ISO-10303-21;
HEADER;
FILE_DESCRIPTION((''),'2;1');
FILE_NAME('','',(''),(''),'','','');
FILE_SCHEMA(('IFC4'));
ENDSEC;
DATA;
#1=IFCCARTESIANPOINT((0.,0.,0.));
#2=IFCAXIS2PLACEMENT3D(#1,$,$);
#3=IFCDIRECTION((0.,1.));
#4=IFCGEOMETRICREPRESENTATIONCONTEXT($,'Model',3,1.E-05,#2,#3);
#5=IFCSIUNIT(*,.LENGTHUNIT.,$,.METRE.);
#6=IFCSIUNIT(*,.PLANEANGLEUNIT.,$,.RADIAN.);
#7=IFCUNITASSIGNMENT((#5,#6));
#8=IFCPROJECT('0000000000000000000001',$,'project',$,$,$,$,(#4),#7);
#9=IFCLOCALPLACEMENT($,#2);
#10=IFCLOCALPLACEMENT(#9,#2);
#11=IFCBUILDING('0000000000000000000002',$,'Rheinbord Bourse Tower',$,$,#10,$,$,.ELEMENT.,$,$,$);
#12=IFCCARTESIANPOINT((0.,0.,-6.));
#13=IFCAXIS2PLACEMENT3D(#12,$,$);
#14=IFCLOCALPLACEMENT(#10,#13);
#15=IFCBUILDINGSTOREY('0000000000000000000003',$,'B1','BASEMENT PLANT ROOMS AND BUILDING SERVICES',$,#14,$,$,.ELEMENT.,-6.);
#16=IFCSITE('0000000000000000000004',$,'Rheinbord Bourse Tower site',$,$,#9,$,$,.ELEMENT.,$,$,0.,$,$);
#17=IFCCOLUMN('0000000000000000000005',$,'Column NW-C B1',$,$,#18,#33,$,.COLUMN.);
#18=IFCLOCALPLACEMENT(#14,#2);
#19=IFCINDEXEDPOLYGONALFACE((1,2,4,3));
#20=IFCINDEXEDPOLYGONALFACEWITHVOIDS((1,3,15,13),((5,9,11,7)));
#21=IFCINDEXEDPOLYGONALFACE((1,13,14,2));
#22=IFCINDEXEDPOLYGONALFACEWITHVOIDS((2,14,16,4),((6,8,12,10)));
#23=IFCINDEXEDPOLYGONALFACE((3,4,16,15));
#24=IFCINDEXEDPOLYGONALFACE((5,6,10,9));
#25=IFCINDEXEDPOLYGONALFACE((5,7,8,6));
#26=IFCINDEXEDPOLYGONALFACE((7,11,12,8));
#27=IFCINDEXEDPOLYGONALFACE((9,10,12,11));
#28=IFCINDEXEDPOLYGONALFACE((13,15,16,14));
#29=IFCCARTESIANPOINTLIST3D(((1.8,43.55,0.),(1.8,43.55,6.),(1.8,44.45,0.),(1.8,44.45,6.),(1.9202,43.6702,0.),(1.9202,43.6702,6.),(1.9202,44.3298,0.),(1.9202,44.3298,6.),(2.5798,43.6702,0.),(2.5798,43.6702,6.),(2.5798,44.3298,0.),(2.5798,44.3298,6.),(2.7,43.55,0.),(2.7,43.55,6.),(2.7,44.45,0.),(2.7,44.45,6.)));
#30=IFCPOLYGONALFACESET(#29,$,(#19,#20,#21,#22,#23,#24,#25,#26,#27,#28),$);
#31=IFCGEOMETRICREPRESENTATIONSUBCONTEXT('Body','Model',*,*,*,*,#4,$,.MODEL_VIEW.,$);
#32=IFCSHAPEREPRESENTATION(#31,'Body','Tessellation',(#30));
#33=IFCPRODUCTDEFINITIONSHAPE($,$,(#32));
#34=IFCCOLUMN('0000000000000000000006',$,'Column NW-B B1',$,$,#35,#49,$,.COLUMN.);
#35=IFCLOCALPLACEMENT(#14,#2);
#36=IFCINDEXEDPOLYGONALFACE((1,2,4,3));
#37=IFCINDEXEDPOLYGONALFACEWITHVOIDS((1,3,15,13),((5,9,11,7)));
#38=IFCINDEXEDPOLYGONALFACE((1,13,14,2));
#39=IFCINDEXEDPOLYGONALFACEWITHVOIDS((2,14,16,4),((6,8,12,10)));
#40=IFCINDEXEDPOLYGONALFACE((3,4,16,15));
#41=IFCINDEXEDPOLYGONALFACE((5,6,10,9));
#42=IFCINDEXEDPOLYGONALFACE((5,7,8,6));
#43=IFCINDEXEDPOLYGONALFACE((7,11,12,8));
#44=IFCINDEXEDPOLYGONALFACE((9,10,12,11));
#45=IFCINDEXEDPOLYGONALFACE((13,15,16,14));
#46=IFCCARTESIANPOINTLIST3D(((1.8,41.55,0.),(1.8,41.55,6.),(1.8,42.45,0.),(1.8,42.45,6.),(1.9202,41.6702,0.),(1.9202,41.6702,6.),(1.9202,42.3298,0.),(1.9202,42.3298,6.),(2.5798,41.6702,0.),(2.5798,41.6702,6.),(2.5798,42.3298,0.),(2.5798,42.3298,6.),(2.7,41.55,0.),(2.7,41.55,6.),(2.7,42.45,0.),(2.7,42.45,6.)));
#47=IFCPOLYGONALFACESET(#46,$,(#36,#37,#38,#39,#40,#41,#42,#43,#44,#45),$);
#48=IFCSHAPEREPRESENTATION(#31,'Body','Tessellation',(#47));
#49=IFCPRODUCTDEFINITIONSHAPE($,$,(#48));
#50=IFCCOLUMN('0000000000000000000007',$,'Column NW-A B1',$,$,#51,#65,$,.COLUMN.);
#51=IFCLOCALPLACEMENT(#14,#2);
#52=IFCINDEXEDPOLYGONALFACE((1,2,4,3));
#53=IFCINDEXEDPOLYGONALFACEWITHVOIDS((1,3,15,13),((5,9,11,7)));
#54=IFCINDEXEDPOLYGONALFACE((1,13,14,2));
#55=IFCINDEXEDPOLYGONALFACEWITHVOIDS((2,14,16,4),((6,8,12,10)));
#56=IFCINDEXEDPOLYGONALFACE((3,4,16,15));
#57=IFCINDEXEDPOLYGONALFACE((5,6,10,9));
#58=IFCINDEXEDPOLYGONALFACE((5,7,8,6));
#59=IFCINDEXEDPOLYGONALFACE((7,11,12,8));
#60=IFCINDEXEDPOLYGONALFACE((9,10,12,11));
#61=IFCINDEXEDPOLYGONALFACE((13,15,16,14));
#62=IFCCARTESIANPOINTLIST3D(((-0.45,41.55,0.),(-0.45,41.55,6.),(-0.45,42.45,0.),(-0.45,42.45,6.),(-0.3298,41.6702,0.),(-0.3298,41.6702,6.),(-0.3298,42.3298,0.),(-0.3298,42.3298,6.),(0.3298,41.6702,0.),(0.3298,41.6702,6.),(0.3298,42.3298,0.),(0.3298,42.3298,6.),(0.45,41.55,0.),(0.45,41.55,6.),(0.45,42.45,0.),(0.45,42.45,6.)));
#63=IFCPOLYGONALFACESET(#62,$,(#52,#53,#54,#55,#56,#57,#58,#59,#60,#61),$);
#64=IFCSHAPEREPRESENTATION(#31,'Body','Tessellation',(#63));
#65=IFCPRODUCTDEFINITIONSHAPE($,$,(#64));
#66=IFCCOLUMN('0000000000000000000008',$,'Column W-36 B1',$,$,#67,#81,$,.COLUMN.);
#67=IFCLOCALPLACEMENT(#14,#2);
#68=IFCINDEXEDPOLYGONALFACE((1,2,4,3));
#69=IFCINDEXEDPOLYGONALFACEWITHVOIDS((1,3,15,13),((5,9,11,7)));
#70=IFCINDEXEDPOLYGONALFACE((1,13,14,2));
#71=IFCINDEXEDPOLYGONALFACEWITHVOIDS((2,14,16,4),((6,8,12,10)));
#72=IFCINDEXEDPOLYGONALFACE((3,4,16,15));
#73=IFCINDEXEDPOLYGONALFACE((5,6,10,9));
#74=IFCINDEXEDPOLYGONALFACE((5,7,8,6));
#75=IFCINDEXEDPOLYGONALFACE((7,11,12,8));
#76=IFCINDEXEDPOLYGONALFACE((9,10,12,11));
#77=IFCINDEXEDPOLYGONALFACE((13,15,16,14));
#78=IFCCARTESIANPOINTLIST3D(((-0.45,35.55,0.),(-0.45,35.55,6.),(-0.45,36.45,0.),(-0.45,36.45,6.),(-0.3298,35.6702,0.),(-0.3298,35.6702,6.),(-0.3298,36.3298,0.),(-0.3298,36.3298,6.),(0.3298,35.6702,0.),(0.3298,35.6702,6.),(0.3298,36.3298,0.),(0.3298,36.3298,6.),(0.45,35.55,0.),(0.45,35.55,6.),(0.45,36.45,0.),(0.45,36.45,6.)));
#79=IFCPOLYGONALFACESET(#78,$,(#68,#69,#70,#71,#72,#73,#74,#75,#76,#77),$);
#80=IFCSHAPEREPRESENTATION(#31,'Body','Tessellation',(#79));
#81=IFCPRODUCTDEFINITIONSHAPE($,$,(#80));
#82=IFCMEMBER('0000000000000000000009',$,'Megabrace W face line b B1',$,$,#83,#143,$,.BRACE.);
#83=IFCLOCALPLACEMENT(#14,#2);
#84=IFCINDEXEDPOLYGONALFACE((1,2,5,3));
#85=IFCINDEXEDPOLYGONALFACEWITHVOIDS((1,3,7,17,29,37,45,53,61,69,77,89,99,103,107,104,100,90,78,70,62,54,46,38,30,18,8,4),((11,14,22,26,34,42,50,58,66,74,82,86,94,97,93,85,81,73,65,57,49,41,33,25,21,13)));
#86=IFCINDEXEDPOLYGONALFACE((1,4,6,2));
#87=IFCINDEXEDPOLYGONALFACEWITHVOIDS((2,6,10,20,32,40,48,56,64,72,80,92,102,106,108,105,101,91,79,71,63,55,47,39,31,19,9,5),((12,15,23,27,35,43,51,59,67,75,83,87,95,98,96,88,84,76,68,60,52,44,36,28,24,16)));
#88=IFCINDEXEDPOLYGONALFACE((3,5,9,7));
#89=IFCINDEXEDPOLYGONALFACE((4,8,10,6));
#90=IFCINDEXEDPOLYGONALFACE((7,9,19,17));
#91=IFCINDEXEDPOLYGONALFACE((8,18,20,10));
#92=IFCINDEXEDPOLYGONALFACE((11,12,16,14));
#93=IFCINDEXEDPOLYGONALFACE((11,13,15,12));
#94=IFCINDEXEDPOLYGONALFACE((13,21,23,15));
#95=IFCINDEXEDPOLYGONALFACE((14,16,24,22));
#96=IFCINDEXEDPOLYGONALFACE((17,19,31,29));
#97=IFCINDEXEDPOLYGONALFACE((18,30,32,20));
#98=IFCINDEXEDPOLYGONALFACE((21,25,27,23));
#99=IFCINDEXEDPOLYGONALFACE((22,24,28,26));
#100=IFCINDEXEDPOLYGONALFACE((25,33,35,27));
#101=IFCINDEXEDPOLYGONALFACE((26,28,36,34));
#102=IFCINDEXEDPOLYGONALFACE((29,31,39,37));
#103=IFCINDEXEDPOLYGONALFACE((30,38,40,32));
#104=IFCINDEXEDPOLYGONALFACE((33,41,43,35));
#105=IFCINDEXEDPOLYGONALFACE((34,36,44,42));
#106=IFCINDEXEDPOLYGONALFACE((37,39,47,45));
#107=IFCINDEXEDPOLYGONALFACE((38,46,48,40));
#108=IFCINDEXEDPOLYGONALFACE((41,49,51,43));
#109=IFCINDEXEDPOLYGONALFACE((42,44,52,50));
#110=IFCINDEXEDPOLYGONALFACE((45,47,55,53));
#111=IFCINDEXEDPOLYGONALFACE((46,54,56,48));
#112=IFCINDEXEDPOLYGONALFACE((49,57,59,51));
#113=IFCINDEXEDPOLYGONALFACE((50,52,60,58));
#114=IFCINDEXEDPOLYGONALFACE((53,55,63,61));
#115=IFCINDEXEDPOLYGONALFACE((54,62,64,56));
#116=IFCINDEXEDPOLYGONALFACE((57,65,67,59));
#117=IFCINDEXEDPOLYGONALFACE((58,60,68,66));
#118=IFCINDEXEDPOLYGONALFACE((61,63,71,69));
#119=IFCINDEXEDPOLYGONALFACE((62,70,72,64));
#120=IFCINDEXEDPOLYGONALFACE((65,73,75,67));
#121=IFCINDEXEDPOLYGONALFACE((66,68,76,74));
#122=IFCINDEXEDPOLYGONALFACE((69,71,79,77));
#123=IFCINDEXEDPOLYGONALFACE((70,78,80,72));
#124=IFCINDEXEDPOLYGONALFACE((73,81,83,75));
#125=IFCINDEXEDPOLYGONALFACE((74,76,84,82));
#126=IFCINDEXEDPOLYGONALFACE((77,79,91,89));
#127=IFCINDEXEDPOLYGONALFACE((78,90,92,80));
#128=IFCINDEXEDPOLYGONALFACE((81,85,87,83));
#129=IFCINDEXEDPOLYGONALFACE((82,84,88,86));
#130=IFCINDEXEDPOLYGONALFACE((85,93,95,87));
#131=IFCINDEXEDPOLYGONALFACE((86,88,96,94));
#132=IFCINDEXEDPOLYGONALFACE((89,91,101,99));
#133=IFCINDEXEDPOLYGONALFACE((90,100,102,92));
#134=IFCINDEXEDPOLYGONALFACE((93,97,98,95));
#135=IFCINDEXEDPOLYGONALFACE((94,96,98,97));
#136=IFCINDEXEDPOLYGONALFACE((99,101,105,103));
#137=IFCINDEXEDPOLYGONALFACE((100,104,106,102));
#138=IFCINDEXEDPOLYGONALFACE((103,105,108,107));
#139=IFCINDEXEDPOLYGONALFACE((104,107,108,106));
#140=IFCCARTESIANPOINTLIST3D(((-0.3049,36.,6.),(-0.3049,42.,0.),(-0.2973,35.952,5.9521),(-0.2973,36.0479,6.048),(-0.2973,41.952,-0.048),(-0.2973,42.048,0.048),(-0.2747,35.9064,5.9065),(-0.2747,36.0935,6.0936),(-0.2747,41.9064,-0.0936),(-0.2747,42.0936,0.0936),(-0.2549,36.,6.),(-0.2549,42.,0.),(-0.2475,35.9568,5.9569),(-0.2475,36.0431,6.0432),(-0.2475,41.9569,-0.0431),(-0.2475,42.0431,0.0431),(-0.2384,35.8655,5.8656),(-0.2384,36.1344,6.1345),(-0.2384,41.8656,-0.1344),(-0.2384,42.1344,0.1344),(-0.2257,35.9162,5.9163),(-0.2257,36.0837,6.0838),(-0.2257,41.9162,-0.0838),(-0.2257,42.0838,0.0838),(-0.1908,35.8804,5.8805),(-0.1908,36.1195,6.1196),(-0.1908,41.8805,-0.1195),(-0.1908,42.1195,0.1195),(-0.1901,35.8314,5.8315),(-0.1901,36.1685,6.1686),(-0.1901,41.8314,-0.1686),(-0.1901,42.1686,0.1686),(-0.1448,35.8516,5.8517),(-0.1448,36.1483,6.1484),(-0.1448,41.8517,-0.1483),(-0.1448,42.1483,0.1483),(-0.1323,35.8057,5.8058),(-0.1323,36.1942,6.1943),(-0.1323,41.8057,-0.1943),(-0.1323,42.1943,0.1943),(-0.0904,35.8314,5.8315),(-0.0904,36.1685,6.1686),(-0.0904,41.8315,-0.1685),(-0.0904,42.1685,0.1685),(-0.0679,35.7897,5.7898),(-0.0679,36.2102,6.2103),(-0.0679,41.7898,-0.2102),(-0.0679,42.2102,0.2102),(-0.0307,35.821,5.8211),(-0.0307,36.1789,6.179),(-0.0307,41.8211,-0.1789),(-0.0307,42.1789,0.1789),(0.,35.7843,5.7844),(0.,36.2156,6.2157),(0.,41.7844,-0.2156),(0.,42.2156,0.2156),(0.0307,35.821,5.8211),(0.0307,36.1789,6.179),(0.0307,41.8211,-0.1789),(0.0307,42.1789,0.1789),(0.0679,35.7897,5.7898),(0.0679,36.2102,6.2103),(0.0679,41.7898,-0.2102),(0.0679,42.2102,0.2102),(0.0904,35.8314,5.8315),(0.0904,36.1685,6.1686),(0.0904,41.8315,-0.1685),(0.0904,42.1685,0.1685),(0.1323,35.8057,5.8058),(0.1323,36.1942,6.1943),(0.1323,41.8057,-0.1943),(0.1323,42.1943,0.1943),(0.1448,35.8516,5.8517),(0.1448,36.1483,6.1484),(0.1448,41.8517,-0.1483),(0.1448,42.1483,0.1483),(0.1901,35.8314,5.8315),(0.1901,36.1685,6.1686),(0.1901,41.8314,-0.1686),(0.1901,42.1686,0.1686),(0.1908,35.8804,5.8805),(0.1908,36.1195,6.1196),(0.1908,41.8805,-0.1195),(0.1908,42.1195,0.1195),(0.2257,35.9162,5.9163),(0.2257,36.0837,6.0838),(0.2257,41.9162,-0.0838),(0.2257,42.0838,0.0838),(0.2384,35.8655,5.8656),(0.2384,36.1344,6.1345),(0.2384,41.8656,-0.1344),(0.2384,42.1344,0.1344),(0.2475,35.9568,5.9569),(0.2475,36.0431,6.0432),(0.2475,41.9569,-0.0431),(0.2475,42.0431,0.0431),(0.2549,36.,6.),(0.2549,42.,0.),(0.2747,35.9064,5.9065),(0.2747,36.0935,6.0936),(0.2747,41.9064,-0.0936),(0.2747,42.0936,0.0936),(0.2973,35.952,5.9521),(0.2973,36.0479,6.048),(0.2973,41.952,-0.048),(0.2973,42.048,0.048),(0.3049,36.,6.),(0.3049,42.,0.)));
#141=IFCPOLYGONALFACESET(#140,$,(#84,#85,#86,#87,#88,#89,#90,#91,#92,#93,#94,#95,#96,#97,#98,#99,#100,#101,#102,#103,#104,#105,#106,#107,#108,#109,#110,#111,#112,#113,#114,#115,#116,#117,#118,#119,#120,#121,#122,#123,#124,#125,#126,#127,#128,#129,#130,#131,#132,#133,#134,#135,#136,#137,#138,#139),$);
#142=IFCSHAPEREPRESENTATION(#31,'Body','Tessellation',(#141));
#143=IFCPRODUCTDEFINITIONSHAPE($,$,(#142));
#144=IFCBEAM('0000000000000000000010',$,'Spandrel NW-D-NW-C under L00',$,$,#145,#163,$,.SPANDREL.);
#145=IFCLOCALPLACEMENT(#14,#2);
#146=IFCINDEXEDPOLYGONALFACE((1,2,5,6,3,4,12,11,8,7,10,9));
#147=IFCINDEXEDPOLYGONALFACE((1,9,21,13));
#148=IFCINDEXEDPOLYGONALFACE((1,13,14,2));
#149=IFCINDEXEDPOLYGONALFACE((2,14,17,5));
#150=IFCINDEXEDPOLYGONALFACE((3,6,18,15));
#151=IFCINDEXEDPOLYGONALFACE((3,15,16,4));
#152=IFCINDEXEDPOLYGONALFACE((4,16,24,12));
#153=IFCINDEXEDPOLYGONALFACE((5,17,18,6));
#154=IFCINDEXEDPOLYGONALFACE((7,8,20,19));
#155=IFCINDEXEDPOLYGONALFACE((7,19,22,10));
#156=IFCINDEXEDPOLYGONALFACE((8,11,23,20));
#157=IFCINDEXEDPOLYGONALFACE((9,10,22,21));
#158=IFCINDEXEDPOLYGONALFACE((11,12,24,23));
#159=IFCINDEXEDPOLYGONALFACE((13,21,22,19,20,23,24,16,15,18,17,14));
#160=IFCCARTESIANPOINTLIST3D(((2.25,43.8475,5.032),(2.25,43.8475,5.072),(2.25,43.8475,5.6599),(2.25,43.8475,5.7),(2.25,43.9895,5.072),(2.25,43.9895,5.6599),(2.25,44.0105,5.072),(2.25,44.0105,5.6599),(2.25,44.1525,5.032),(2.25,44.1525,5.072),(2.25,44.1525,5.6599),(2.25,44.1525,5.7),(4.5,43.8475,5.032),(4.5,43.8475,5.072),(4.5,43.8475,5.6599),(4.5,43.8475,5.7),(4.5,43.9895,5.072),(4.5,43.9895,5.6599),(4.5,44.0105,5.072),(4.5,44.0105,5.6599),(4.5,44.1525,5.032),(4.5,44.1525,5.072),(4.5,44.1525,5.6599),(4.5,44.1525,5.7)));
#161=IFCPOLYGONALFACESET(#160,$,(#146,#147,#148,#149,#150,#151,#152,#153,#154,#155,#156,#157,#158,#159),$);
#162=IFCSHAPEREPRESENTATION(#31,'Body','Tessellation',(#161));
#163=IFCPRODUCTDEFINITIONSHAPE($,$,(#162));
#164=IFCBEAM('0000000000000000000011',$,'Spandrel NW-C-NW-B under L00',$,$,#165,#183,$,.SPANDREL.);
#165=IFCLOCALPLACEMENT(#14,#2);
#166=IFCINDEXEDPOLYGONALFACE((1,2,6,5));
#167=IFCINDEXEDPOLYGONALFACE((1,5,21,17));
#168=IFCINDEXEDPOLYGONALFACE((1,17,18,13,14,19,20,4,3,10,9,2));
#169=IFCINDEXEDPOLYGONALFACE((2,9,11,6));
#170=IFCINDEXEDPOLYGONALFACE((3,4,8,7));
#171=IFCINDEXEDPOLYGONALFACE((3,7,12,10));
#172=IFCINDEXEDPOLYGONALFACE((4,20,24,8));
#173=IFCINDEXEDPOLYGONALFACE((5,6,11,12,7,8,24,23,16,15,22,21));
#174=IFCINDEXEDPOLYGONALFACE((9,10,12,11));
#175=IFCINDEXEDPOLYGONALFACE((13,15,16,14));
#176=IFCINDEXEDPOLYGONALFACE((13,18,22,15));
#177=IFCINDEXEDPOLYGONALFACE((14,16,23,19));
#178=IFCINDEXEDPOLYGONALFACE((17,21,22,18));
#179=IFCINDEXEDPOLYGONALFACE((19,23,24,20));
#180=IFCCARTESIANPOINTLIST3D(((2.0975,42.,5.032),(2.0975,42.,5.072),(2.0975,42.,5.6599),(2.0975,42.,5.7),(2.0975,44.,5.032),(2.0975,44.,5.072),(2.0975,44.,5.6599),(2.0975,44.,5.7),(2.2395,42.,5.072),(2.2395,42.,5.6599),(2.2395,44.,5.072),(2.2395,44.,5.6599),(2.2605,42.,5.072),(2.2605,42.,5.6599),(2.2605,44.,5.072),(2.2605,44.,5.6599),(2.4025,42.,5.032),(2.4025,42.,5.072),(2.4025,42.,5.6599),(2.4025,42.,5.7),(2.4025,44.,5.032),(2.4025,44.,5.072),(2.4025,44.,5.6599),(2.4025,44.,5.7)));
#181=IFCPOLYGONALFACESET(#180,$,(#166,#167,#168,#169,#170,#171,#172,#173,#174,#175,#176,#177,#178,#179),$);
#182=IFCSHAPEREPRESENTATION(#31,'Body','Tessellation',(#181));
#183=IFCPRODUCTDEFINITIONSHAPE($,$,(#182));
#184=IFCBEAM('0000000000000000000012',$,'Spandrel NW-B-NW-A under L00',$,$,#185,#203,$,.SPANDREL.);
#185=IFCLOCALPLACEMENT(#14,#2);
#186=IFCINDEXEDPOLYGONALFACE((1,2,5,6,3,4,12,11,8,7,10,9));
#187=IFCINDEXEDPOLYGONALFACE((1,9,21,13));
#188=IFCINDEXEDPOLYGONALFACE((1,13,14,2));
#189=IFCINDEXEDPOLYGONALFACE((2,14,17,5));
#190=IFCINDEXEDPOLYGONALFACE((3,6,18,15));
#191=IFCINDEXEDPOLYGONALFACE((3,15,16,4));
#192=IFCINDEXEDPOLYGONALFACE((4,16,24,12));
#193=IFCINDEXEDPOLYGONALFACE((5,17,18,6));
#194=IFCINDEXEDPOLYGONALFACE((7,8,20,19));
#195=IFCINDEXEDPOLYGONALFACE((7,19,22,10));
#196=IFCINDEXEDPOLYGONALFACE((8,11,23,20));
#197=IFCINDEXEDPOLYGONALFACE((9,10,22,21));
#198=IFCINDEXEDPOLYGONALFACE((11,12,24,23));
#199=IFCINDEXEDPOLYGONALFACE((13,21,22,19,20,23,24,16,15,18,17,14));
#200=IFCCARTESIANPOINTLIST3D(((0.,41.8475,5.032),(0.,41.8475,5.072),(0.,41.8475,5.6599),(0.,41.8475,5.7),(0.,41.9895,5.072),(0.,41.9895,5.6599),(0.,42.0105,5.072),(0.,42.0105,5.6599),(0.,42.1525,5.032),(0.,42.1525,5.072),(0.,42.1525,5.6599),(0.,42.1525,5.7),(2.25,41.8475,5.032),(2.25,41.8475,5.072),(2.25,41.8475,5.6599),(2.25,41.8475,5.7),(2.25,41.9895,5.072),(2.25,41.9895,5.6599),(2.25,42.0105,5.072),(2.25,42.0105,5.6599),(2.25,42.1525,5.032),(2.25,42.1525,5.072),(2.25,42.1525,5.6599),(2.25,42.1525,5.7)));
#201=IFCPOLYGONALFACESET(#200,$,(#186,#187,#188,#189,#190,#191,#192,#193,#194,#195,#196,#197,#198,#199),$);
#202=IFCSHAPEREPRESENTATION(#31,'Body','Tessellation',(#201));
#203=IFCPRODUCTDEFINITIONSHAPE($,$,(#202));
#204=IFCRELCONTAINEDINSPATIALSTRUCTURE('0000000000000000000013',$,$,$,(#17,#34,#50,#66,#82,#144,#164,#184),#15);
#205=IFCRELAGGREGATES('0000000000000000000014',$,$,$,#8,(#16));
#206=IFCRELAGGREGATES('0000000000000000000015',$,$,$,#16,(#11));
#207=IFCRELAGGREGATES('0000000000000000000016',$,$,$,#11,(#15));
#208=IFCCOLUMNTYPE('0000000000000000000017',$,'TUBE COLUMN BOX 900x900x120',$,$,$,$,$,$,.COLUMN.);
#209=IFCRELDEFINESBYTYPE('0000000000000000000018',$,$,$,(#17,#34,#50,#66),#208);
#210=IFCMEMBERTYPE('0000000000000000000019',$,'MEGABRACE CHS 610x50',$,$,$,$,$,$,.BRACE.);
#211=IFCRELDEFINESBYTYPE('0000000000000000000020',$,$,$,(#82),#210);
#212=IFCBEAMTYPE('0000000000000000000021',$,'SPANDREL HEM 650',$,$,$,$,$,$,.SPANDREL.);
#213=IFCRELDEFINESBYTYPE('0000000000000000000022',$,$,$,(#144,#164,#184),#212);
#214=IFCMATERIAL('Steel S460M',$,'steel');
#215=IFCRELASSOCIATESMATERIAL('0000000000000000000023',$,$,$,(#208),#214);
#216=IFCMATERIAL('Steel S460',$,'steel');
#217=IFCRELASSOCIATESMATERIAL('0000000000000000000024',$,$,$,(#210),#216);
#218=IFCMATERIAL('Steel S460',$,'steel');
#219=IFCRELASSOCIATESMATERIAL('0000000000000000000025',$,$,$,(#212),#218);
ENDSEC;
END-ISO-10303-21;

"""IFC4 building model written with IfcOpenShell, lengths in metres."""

from ifc_helpers import new_model, si_unit, direction, frame, origin, origin_2d, place, context, subcontext, project, spatial, hollow_rectangle, hollow_circle, i_section, extrude, material, material_profile, profile_set, type_object, element, save


model = new_model("IFC4")

# Units and contexts
model_context = context("Model", 3, precision=1e-05, world=origin(), true_north=direction((0.0, 1.0)))
body_context = subcontext(model_context, "Body", "Model", "MODEL_VIEW")
ifc_project = project(units=[si_unit("LENGTHUNIT", "METRE"), si_unit("PLANEANGLEUNIT", "RADIAN")], contexts=[model_context])

# Site, building, storey
site_placement = place(None, origin())
site = spatial("IfcSite", under=ifc_project, at=site_placement, Name="Rheinbord Bourse Tower site", CompositionType="ELEMENT", RefElevation=0.0)
building_placement = place(site_placement, origin())
building = spatial("IfcBuilding", under=site, at=building_placement, Name="Rheinbord Bourse Tower", CompositionType="ELEMENT")
storey_placement = place(building_placement, frame((0.0, 0.0, -6.0)))
storey = spatial("IfcBuildingStorey", under=building, at=storey_placement, Name="B1", Description="BASEMENT PLANT ROOMS AND BUILDING SERVICES", CompositionType="ELEMENT", Elevation=-6.0)

# Columns
ifc_material_1 = material(Name="Steel S460M", Category="steel")
ifc_material_profile_1 = material_profile(ifc_material_1, hollow_rectangle(XDim=0.8999, YDim=0.8999, WallThickness=0.1201, at=origin_2d()), Name="BOX 900x900x120")
ifc_profile_set_1 = profile_set([ifc_material_profile_1], Name="Steel S460M")
column_type = type_object("IfcColumnType", Name="TUBE COLUMN BOX 900x900x120", PredefinedType="COLUMN", material=ifc_profile_set_1)
for number, where, z_axis, x_axis, name in (
    (1, (2.25, 44.0, 0.0), (0.0, 0.0, 1.0), (1.0, 0.0, 0.0), "Column NW-C B1"),
    (2, (2.25, 42.0, 0.0), (0.0, 0.0, 1.0), (1.0, 0.0, 0.0), "Column NW-B B1"),
    (3, (0.0, 42.0, 0.0), (0.0, 0.0, 1.0), (1.0, 0.0, 0.0), "Column NW-A B1"),
    (4, (0.0, 36.0, 0.0), (0.0, 0.0, 1.0), (1.0, 0.0, 0.0), "Column W-36 B1"),
):
    element("IfcColumn", number, at=place(storey_placement, frame(where, z_axis=z_axis, x_axis=x_axis)), inside=storey, type_object=column_type, Name=name, PredefinedType="COLUMN", context=body_context, shape_type="SweptSolid", body=[
        extrude(hollow_rectangle(XDim=0.8999, YDim=0.8999, WallThickness=0.1201, at=origin_2d()), origin(), (0.0, 0.0, 1.0), 6.0),
    ])

# Member
ifc_material_2 = material(Name="Steel S460", Category="steel")
ifc_material_profile_2 = material_profile(ifc_material_2, hollow_circle(Radius=0.3049, WallThickness=0.05, at=origin_2d()), Name="CHS 610x50")
ifc_profile_set_2 = profile_set([ifc_material_profile_2], Name="Steel S460")
member_type = type_object("IfcMemberType", Name="MEGABRACE CHS 610x50", PredefinedType="BRACE", material=ifc_profile_set_2)
member_placement = place(storey_placement, frame((0.0, 42.0, 0.0), z_axis=(0.0, -0.707107, 0.707107), x_axis=(1.0, 0.0, 0.0)))
element("IfcMember", 5, at=member_placement, inside=storey, type_object=member_type, Name="Megabrace W face line b B1", PredefinedType="BRACE", context=body_context, shape_type="SweptSolid", body=[
    extrude(hollow_circle(Radius=0.3049, WallThickness=0.05, at=origin_2d()), origin(), (0.0, 0.0, 1.0), 8.4854),
])

# Beams
ifc_material_3 = material(Name="Steel S460", Category="steel")
ifc_material_profile_3 = material_profile(ifc_material_3, i_section(OverallWidth=0.3049, OverallDepth=0.668, WebThickness=0.021, FlangeThickness=0.04, at=origin_2d()), Name="HEM 650")
ifc_profile_set_3 = profile_set([ifc_material_profile_3], Name="Steel S460")
beam_type_1 = type_object("IfcBeamType", Name="SPANDREL HEM 650", PredefinedType="SPANDREL", material=ifc_profile_set_3)
beam_1_placement = place(storey_placement, frame((4.5, 44.0, 5.366), z_axis=(-1.0, 0.0, 0.0), x_axis=(0.0, -1.0, 0.0)))
element("IfcBeam", 6, at=beam_1_placement, inside=storey, type_object=beam_type_1, Name="Spandrel NW-D-NW-C under L00", PredefinedType="SPANDREL", context=body_context, shape_type="SweptSolid", body=[
    extrude(i_section(OverallWidth=0.3049, OverallDepth=0.668, WebThickness=0.021, FlangeThickness=0.04, at=origin_2d()), origin(), (0.0, 0.0, 1.0), 2.25),
])
beam_2_placement = place(storey_placement, frame((2.25, 44.0, 5.366), z_axis=(0.0, -1.0, 0.0), x_axis=(1.0, 0.0, 0.0)))
element("IfcBeam", 7, at=beam_2_placement, inside=storey, type_object=beam_type_1, Name="Spandrel NW-C-NW-B under L00", PredefinedType="SPANDREL", context=body_context, shape_type="SweptSolid", body=[
    extrude(i_section(OverallWidth=0.3049, OverallDepth=0.668, WebThickness=0.021, FlangeThickness=0.04, at=origin_2d()), origin(), (0.0, 0.0, 1.0), 2.0),
])
beam_3_placement = place(storey_placement, frame((2.25, 42.0, 5.366), z_axis=(-1.0, 0.0, 0.0), x_axis=(0.0, -1.0, 0.0)))
element("IfcBeam", 8, at=beam_3_placement, inside=storey, type_object=beam_type_1, Name="Spandrel NW-B-NW-A under L00", PredefinedType="SPANDREL", context=body_context, shape_type="SweptSolid", body=[
    extrude(i_section(OverallWidth=0.3049, OverallDepth=0.668, WebThickness=0.021, FlangeThickness=0.04, at=origin_2d()), origin(), (0.0, 0.0, 1.0), 2.25),
])

save(model, "model.ifc")
